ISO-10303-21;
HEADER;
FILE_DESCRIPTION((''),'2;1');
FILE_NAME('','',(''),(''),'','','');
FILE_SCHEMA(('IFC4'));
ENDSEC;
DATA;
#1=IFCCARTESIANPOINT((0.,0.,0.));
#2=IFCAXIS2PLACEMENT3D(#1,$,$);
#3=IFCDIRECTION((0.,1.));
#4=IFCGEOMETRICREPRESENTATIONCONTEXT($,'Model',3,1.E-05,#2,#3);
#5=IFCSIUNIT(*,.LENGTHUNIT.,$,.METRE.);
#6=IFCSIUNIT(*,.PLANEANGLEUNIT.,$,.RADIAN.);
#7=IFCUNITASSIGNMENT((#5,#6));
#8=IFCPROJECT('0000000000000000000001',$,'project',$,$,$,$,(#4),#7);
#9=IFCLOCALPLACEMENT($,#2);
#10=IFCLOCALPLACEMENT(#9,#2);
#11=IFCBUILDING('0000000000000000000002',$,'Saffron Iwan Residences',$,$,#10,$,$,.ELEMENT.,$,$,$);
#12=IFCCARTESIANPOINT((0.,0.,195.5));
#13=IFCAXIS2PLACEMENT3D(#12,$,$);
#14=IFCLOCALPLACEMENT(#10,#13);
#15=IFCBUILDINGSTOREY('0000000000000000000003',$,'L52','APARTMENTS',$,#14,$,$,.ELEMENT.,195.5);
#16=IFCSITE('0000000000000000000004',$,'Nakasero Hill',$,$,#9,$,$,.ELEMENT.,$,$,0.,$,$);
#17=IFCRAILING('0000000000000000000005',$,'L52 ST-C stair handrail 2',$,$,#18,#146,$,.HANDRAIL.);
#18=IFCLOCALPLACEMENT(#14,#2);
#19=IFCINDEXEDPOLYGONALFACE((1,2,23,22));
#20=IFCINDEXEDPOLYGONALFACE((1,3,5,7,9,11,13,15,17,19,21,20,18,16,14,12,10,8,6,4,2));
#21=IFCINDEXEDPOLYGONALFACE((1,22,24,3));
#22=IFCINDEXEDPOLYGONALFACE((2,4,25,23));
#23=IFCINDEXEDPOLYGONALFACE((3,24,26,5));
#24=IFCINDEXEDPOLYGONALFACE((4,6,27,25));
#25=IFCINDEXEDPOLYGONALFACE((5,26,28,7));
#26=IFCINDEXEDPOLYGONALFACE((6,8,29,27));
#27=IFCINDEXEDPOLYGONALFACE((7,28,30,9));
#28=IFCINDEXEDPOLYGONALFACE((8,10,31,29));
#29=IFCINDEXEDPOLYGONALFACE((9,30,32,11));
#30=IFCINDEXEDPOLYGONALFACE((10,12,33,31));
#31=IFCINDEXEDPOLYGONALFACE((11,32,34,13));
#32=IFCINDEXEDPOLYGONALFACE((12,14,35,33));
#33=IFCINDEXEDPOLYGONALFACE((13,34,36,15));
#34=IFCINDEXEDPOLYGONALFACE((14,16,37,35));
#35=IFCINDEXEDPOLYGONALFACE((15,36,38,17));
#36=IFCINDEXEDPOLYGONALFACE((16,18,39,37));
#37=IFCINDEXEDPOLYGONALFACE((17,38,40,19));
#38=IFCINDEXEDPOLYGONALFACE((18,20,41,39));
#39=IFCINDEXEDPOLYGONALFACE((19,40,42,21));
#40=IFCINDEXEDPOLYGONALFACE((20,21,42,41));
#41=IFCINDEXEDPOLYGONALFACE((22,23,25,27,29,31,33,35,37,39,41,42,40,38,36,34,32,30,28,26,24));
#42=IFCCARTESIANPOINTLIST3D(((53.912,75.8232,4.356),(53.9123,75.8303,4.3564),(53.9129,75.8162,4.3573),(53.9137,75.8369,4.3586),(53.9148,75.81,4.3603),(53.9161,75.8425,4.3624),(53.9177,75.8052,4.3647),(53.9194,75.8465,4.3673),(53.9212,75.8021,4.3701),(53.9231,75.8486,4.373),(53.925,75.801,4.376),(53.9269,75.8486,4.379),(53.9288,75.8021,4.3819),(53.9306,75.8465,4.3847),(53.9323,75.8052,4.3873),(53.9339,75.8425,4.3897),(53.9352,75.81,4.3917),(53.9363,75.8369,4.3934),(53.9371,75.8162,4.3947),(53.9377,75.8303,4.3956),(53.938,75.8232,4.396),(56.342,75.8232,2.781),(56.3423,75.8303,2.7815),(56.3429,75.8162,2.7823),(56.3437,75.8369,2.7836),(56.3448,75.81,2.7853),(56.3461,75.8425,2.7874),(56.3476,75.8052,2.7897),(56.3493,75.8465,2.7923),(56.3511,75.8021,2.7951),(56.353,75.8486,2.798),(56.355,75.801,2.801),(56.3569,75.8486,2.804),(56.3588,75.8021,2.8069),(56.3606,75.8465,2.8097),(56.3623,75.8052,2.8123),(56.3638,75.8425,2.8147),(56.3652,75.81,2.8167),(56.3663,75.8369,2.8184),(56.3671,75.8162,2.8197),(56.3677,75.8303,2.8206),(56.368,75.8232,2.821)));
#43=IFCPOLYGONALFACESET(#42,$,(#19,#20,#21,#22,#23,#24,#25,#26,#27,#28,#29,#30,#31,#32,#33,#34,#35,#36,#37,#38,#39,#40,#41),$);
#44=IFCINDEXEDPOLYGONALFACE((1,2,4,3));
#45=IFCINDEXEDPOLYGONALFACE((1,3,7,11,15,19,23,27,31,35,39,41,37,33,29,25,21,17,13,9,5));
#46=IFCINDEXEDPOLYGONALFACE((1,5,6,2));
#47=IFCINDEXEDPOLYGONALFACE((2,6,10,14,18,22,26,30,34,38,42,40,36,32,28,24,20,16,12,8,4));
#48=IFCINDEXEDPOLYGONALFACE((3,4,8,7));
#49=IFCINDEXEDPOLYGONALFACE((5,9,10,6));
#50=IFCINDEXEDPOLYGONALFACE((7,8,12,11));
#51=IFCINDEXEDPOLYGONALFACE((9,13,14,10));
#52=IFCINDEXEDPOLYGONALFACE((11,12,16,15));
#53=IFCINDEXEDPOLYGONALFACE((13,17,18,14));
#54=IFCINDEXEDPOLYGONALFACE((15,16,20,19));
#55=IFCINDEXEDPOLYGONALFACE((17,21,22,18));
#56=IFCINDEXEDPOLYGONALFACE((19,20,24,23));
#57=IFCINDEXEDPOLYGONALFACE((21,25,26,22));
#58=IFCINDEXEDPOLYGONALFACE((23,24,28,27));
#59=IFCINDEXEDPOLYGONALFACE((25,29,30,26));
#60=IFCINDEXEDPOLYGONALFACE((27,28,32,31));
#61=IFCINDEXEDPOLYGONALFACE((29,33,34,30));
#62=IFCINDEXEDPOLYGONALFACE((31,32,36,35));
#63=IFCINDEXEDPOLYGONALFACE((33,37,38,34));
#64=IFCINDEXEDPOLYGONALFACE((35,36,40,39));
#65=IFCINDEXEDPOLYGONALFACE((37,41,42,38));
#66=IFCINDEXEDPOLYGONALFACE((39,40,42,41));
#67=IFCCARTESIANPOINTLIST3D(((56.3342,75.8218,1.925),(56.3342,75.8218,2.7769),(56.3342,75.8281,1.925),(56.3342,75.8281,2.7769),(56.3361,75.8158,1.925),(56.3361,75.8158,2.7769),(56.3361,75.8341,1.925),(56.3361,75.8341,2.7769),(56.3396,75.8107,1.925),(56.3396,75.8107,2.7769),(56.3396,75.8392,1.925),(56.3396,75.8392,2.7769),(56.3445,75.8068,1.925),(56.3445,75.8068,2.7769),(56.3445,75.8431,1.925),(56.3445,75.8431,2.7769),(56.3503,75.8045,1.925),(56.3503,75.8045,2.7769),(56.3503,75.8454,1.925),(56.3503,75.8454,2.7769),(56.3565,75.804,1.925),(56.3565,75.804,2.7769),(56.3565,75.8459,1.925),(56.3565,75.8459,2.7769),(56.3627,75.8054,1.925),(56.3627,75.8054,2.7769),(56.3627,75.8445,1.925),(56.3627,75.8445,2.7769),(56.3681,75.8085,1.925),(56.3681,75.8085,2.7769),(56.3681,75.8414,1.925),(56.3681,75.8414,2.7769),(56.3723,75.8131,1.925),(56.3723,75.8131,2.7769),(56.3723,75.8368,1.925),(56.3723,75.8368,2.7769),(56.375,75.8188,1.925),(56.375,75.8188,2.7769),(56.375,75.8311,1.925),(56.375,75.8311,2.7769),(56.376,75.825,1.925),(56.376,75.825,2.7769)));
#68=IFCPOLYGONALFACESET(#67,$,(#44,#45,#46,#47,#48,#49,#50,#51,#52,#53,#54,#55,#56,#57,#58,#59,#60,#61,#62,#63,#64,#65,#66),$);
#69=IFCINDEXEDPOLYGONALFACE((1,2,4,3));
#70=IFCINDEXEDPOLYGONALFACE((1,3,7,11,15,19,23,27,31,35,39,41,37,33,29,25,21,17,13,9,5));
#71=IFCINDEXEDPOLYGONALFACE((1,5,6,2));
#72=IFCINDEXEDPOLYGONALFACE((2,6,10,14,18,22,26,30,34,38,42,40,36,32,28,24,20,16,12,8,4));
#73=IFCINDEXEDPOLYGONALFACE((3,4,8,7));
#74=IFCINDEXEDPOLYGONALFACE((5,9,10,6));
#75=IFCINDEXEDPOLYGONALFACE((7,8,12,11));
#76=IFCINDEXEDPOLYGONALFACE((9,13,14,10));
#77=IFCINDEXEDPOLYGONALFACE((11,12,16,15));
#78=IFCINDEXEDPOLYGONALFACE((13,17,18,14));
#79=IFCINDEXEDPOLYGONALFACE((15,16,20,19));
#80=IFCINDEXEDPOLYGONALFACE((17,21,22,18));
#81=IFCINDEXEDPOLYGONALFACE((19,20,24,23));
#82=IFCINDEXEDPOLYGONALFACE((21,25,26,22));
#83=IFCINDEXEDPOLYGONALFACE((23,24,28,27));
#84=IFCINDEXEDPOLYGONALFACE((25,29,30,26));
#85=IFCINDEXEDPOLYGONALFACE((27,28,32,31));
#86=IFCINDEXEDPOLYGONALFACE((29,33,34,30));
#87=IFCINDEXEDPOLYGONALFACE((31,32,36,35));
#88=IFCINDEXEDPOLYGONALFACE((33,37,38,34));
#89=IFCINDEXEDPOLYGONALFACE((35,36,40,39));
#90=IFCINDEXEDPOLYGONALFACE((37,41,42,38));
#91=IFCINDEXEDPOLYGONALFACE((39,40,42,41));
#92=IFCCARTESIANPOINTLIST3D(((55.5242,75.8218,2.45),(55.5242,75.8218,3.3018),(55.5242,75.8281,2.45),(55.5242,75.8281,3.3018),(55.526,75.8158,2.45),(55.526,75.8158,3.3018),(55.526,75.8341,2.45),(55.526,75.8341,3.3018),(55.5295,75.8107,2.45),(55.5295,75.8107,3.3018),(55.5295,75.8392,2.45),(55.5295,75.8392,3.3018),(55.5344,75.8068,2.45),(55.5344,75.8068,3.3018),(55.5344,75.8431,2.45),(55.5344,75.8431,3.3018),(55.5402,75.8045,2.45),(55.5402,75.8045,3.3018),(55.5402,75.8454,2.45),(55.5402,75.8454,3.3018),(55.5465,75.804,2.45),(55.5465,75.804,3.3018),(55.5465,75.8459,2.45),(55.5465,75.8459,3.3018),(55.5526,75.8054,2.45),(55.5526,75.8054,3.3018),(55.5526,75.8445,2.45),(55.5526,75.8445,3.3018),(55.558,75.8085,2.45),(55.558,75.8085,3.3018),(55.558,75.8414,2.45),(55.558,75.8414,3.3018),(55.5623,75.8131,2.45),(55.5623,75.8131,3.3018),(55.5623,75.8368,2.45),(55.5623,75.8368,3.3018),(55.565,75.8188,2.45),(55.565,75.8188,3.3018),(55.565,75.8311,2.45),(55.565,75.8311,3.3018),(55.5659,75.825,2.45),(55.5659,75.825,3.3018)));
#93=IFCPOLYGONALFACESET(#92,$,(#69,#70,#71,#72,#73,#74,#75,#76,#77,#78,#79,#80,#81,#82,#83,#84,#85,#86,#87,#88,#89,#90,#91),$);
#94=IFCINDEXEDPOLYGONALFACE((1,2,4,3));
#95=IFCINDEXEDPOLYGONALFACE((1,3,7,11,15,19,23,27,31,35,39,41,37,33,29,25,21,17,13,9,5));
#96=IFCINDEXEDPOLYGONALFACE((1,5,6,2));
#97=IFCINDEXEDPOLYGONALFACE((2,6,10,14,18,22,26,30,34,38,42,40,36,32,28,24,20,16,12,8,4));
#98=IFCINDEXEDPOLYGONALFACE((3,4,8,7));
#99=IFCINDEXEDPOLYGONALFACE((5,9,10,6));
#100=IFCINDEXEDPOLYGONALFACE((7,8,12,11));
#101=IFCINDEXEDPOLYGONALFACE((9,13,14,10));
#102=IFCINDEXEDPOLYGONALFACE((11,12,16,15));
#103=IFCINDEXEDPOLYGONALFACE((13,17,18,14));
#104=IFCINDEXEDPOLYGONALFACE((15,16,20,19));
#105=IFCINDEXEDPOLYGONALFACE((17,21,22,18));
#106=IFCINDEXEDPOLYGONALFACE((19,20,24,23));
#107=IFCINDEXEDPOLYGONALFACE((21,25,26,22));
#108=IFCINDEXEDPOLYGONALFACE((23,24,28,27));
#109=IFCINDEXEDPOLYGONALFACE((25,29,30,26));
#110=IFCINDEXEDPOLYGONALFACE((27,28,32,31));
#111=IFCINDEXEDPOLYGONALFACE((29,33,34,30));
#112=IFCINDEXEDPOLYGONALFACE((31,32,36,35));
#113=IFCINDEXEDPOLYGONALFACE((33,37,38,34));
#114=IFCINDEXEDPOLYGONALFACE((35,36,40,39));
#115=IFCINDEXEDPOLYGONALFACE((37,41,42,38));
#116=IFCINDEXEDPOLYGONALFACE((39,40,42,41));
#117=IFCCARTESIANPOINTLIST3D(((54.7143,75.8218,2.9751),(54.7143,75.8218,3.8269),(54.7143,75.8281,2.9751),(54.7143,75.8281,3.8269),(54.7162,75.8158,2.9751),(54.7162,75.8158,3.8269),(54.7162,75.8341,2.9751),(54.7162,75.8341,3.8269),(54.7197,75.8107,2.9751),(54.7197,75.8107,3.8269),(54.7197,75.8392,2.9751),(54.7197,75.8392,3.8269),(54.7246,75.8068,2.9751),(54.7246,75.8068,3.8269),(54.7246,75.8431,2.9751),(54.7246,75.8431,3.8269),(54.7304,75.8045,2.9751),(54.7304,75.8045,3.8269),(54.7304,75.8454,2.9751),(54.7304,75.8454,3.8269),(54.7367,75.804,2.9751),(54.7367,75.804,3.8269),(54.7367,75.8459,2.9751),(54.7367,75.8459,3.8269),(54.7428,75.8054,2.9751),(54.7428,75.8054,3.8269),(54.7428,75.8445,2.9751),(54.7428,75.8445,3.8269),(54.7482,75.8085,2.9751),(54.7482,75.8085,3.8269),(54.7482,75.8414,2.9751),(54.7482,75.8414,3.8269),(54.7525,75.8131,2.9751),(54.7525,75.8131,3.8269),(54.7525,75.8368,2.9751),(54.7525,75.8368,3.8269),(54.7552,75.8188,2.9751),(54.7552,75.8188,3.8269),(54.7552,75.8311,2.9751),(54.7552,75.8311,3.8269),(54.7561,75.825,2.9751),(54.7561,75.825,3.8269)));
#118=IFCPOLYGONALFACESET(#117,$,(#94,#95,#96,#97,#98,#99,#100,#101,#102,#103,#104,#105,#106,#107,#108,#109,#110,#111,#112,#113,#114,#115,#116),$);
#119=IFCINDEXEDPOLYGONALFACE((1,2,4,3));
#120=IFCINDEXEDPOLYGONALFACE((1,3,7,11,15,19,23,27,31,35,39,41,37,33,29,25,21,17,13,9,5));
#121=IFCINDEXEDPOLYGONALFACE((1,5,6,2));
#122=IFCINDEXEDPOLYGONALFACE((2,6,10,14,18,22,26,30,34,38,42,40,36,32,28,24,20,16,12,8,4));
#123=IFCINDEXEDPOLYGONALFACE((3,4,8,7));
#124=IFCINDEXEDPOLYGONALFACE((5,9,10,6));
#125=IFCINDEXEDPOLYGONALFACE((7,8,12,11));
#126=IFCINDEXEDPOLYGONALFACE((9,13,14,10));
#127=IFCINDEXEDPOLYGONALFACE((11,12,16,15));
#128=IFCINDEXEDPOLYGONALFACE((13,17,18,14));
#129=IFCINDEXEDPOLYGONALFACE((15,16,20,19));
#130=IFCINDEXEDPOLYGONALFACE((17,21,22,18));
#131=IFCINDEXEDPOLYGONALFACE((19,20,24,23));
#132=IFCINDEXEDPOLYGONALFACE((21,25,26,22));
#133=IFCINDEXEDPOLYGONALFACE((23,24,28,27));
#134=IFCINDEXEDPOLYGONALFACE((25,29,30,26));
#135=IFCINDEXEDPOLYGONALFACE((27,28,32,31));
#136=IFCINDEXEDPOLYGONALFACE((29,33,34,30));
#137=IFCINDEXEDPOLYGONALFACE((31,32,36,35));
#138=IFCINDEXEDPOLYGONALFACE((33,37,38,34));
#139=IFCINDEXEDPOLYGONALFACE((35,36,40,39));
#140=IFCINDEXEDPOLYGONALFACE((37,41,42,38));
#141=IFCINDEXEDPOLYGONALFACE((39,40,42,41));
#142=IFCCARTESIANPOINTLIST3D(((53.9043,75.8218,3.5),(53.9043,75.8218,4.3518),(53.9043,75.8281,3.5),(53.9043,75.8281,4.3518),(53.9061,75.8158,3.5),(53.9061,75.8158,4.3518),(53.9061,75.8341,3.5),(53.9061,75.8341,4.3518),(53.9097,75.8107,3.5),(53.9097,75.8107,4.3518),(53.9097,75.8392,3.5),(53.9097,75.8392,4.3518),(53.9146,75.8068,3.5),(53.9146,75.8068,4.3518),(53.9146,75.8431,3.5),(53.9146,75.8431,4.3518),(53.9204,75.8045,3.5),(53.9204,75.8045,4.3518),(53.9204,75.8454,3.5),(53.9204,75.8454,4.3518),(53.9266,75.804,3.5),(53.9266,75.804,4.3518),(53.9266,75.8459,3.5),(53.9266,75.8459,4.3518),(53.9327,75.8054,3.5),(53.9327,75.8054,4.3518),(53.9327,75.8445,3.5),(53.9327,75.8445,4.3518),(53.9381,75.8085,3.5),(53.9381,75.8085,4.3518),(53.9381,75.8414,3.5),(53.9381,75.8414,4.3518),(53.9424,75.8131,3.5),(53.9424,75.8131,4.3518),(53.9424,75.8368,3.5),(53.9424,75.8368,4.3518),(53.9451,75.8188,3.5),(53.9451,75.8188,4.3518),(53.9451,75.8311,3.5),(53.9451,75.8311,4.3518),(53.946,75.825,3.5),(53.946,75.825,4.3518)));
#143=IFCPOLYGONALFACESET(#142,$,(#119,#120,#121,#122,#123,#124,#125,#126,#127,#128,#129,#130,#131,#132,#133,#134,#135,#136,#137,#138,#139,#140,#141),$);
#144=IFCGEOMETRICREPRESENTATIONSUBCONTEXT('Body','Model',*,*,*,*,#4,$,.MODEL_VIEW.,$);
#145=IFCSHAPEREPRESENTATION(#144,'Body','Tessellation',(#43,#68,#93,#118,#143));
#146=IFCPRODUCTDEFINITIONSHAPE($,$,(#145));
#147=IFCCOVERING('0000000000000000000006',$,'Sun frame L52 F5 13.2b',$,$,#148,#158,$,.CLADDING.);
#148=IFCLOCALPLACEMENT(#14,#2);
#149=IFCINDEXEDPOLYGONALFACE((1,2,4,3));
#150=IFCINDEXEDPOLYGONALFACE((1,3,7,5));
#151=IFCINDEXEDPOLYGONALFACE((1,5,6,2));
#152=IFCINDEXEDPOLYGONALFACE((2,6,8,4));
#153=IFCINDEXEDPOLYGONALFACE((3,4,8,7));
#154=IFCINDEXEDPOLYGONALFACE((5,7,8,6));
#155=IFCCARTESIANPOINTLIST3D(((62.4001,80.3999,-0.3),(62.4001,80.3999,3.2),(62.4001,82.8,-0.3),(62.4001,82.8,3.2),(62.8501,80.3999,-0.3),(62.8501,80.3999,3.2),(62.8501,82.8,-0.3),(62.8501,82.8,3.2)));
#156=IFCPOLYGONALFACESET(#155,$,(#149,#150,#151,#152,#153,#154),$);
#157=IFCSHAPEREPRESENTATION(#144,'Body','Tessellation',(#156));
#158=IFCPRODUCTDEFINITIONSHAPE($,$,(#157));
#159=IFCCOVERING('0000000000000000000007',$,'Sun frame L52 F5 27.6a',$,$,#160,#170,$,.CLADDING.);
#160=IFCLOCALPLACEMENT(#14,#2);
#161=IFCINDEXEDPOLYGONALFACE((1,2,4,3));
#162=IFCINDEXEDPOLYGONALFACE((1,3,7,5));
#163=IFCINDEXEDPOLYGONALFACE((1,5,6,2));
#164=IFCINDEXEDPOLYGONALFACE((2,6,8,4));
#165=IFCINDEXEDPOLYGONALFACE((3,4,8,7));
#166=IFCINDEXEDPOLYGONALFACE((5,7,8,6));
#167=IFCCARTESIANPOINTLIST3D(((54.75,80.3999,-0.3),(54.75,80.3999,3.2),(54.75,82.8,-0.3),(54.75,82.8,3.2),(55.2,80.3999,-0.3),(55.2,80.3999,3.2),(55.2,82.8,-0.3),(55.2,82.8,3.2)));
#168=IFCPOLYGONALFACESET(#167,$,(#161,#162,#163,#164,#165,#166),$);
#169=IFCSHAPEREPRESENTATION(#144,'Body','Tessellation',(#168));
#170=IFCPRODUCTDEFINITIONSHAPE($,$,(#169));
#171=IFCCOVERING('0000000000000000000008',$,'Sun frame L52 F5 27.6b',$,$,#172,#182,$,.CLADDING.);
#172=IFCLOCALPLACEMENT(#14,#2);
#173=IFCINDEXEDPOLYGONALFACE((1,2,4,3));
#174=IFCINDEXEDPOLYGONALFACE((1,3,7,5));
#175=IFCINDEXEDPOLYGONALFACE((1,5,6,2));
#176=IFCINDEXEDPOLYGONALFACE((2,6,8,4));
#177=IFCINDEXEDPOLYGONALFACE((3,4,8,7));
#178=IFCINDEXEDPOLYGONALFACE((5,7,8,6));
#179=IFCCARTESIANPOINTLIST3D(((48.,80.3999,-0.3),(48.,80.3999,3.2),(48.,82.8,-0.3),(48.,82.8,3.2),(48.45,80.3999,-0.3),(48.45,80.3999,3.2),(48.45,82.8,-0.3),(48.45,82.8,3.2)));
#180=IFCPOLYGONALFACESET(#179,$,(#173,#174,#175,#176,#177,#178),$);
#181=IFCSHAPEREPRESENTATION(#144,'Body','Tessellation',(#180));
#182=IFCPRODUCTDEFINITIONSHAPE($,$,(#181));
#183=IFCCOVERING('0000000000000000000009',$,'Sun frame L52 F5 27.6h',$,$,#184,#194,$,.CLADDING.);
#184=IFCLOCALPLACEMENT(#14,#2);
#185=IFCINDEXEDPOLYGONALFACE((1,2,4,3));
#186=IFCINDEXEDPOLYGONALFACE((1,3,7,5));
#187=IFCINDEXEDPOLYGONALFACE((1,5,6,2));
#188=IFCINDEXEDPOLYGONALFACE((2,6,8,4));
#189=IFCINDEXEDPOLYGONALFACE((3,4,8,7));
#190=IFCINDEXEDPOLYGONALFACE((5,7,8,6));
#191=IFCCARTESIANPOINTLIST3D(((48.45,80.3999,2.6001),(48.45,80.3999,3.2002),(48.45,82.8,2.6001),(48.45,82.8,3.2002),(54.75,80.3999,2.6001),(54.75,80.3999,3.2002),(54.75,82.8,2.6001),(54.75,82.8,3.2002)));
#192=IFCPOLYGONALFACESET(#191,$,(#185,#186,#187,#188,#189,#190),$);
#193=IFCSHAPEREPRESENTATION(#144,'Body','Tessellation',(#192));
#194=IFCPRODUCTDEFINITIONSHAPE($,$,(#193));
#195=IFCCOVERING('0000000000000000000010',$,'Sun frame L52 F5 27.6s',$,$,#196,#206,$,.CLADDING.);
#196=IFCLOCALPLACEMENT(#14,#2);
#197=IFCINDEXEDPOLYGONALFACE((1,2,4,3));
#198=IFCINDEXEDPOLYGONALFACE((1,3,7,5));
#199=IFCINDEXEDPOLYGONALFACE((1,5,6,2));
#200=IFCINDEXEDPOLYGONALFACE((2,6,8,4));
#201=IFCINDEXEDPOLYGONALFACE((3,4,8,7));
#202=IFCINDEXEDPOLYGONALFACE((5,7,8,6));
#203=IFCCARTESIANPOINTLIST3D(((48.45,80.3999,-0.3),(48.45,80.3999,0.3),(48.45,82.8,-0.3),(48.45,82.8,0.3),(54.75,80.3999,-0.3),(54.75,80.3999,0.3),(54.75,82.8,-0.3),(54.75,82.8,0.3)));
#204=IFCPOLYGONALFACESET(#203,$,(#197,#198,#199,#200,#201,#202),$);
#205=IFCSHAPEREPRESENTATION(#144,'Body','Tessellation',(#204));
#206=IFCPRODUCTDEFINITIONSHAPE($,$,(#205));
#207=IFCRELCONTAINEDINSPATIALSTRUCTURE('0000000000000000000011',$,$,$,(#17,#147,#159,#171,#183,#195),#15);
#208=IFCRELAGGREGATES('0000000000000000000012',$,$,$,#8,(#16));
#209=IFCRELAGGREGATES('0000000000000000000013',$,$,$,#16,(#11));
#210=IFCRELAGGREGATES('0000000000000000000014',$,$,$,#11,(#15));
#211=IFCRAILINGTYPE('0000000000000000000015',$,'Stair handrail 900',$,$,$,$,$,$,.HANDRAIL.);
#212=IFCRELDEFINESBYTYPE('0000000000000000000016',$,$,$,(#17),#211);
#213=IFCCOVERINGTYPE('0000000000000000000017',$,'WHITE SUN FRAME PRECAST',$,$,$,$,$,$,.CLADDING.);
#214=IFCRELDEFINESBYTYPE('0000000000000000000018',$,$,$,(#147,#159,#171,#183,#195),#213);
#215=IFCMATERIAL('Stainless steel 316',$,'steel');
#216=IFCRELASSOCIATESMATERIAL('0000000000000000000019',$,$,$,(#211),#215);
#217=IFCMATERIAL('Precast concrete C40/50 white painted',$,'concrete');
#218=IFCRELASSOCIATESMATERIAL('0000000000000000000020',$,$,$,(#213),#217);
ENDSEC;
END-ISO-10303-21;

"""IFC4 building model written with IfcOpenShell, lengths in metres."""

from ifc_helpers import new_model, si_unit, direction, frame, origin, origin_2d, place, context, subcontext, project, spatial, polyline, circle, outline, extrude, material, type_object, element, save


model = new_model("IFC4")

# Units and contexts
model_context = context("Model", 3, precision=1e-05, world=origin(), true_north=direction((0.0, 1.0)))
body_context = subcontext(model_context, "Body", "Model", "MODEL_VIEW")
ifc_project = project(units=[si_unit("LENGTHUNIT", "METRE"), si_unit("PLANEANGLEUNIT", "RADIAN")], contexts=[model_context])

# Site, building, storey
site_placement = place(None, origin())
site = spatial("IfcSite", under=ifc_project, at=site_placement, Name="Nakasero Hill", CompositionType="ELEMENT", RefElevation=0.0)
building_placement = place(site_placement, origin())
building = spatial("IfcBuilding", under=site, at=building_placement, Name="Saffron Iwan Residences", CompositionType="ELEMENT")
storey_placement = place(building_placement, frame((0.0, 0.0, 195.5)))
storey = spatial("IfcBuildingStorey", under=building, at=storey_placement, Name="L52", Description="APARTMENTS", CompositionType="ELEMENT", Elevation=195.5)

# Railing
ifc_material_1 = material(Name="Stainless steel 316", Category="steel")
railing_type_1 = type_object("IfcRailingType", Name="Stair handrail 900", PredefinedType="HANDRAIL", material=ifc_material_1)
railing_1_placement = place(storey_placement, frame((56.355, 75.825, 1.925)))
element("IfcRailing", 1, at=railing_1_placement, inside=storey, type_object=railing_type_1, Name="L52 ST-C stair handrail 2", PredefinedType="HANDRAIL", context=body_context, shape_type="SweptSolid", body=[
    extrude(circle(Radius=0.0239, at=origin_2d()), frame((0.0, 0.0, 0.876), z_axis=(-0.839154, 0.0, 0.543894), x_axis=(0.0, -1.0, 0.0)), (0.0, 0.0, 1.0), 2.8958),
    extrude(circle(Radius=0.021, at=origin_2d()), origin(), (0.0, 0.0, 1.0), 0.8518),
    extrude(circle(Radius=0.021, at=origin_2d()), frame((-0.8101, 0.0, 0.5249)), (0.0, 0.0, 1.0), 0.8518),
    extrude(circle(Radius=0.021, at=origin_2d()), frame((-1.6199, 0.0, 1.05)), (0.0, 0.0, 1.0), 0.8518),
    extrude(circle(Radius=0.021, at=origin_2d()), frame((-2.4299, 0.0, 1.575)), (0.0, 0.0, 1.0), 0.8518),
])

# Coverings
ifc_material_2 = material(Name="Precast concrete C40/50 white painted", Category="concrete")
covering_type_1 = type_object("IfcCoveringType", Name="WHITE SUN FRAME PRECAST", PredefinedType="CLADDING", material=ifc_material_2)
for number, where, z_axis, x_axis, name in (
    (2, (62.8501, 80.3999, -0.3), (0.0, 1.0, 0.0), (-1.0, 0.0, 0.0), "Sun frame L52 F5 13.2b"),
    (3, (55.2, 80.3999, -0.3), (0.0, 1.0, 0.0), (-1.0, 0.0, 0.0), "Sun frame L52 F5 27.6a"),
    (4, (48.45, 80.3999, -0.3), (0.0, 1.0, 0.0), (-1.0, 0.0, 0.0), "Sun frame L52 F5 27.6b"),
):
    element("IfcCovering", number, at=place(storey_placement, frame(where, z_axis=z_axis, x_axis=x_axis)), inside=storey, type_object=covering_type_1, Name=name, PredefinedType="CLADDING", context=body_context, shape_type="SweptSolid", body=[
        extrude(outline(polyline([(0.0, 0.0), (0.45, 0.0), (0.45, 3.5), (0.0, 3.5), (0.0, 0.0)])), origin(), (0.0, 0.0, 1.0), 2.4001),
    ])
for number, where, z_axis, x_axis, name in (
    (5, (54.75, 80.3999, 2.6001), (0.0, 1.0, 0.0), (-1.0, 0.0, 0.0), "Sun frame L52 F5 27.6h"),
    (6, (54.75, 80.3999, -0.3), (0.0, 1.0, 0.0), (-1.0, 0.0, 0.0), "Sun frame L52 F5 27.6s"),
):
    element("IfcCovering", number, at=place(storey_placement, frame(where, z_axis=z_axis, x_axis=x_axis)), inside=storey, type_object=covering_type_1, Name=name, PredefinedType="CLADDING", context=body_context, shape_type="SweptSolid", body=[
        extrude(outline(polyline([(0.0, 0.0), (6.3, 0.0), (6.3, 0.6001), (0.0, 0.6001), (0.0, 0.0)])), origin(), (0.0, 0.0, 1.0), 2.4001),
    ])

save(model, "model.ifc")
